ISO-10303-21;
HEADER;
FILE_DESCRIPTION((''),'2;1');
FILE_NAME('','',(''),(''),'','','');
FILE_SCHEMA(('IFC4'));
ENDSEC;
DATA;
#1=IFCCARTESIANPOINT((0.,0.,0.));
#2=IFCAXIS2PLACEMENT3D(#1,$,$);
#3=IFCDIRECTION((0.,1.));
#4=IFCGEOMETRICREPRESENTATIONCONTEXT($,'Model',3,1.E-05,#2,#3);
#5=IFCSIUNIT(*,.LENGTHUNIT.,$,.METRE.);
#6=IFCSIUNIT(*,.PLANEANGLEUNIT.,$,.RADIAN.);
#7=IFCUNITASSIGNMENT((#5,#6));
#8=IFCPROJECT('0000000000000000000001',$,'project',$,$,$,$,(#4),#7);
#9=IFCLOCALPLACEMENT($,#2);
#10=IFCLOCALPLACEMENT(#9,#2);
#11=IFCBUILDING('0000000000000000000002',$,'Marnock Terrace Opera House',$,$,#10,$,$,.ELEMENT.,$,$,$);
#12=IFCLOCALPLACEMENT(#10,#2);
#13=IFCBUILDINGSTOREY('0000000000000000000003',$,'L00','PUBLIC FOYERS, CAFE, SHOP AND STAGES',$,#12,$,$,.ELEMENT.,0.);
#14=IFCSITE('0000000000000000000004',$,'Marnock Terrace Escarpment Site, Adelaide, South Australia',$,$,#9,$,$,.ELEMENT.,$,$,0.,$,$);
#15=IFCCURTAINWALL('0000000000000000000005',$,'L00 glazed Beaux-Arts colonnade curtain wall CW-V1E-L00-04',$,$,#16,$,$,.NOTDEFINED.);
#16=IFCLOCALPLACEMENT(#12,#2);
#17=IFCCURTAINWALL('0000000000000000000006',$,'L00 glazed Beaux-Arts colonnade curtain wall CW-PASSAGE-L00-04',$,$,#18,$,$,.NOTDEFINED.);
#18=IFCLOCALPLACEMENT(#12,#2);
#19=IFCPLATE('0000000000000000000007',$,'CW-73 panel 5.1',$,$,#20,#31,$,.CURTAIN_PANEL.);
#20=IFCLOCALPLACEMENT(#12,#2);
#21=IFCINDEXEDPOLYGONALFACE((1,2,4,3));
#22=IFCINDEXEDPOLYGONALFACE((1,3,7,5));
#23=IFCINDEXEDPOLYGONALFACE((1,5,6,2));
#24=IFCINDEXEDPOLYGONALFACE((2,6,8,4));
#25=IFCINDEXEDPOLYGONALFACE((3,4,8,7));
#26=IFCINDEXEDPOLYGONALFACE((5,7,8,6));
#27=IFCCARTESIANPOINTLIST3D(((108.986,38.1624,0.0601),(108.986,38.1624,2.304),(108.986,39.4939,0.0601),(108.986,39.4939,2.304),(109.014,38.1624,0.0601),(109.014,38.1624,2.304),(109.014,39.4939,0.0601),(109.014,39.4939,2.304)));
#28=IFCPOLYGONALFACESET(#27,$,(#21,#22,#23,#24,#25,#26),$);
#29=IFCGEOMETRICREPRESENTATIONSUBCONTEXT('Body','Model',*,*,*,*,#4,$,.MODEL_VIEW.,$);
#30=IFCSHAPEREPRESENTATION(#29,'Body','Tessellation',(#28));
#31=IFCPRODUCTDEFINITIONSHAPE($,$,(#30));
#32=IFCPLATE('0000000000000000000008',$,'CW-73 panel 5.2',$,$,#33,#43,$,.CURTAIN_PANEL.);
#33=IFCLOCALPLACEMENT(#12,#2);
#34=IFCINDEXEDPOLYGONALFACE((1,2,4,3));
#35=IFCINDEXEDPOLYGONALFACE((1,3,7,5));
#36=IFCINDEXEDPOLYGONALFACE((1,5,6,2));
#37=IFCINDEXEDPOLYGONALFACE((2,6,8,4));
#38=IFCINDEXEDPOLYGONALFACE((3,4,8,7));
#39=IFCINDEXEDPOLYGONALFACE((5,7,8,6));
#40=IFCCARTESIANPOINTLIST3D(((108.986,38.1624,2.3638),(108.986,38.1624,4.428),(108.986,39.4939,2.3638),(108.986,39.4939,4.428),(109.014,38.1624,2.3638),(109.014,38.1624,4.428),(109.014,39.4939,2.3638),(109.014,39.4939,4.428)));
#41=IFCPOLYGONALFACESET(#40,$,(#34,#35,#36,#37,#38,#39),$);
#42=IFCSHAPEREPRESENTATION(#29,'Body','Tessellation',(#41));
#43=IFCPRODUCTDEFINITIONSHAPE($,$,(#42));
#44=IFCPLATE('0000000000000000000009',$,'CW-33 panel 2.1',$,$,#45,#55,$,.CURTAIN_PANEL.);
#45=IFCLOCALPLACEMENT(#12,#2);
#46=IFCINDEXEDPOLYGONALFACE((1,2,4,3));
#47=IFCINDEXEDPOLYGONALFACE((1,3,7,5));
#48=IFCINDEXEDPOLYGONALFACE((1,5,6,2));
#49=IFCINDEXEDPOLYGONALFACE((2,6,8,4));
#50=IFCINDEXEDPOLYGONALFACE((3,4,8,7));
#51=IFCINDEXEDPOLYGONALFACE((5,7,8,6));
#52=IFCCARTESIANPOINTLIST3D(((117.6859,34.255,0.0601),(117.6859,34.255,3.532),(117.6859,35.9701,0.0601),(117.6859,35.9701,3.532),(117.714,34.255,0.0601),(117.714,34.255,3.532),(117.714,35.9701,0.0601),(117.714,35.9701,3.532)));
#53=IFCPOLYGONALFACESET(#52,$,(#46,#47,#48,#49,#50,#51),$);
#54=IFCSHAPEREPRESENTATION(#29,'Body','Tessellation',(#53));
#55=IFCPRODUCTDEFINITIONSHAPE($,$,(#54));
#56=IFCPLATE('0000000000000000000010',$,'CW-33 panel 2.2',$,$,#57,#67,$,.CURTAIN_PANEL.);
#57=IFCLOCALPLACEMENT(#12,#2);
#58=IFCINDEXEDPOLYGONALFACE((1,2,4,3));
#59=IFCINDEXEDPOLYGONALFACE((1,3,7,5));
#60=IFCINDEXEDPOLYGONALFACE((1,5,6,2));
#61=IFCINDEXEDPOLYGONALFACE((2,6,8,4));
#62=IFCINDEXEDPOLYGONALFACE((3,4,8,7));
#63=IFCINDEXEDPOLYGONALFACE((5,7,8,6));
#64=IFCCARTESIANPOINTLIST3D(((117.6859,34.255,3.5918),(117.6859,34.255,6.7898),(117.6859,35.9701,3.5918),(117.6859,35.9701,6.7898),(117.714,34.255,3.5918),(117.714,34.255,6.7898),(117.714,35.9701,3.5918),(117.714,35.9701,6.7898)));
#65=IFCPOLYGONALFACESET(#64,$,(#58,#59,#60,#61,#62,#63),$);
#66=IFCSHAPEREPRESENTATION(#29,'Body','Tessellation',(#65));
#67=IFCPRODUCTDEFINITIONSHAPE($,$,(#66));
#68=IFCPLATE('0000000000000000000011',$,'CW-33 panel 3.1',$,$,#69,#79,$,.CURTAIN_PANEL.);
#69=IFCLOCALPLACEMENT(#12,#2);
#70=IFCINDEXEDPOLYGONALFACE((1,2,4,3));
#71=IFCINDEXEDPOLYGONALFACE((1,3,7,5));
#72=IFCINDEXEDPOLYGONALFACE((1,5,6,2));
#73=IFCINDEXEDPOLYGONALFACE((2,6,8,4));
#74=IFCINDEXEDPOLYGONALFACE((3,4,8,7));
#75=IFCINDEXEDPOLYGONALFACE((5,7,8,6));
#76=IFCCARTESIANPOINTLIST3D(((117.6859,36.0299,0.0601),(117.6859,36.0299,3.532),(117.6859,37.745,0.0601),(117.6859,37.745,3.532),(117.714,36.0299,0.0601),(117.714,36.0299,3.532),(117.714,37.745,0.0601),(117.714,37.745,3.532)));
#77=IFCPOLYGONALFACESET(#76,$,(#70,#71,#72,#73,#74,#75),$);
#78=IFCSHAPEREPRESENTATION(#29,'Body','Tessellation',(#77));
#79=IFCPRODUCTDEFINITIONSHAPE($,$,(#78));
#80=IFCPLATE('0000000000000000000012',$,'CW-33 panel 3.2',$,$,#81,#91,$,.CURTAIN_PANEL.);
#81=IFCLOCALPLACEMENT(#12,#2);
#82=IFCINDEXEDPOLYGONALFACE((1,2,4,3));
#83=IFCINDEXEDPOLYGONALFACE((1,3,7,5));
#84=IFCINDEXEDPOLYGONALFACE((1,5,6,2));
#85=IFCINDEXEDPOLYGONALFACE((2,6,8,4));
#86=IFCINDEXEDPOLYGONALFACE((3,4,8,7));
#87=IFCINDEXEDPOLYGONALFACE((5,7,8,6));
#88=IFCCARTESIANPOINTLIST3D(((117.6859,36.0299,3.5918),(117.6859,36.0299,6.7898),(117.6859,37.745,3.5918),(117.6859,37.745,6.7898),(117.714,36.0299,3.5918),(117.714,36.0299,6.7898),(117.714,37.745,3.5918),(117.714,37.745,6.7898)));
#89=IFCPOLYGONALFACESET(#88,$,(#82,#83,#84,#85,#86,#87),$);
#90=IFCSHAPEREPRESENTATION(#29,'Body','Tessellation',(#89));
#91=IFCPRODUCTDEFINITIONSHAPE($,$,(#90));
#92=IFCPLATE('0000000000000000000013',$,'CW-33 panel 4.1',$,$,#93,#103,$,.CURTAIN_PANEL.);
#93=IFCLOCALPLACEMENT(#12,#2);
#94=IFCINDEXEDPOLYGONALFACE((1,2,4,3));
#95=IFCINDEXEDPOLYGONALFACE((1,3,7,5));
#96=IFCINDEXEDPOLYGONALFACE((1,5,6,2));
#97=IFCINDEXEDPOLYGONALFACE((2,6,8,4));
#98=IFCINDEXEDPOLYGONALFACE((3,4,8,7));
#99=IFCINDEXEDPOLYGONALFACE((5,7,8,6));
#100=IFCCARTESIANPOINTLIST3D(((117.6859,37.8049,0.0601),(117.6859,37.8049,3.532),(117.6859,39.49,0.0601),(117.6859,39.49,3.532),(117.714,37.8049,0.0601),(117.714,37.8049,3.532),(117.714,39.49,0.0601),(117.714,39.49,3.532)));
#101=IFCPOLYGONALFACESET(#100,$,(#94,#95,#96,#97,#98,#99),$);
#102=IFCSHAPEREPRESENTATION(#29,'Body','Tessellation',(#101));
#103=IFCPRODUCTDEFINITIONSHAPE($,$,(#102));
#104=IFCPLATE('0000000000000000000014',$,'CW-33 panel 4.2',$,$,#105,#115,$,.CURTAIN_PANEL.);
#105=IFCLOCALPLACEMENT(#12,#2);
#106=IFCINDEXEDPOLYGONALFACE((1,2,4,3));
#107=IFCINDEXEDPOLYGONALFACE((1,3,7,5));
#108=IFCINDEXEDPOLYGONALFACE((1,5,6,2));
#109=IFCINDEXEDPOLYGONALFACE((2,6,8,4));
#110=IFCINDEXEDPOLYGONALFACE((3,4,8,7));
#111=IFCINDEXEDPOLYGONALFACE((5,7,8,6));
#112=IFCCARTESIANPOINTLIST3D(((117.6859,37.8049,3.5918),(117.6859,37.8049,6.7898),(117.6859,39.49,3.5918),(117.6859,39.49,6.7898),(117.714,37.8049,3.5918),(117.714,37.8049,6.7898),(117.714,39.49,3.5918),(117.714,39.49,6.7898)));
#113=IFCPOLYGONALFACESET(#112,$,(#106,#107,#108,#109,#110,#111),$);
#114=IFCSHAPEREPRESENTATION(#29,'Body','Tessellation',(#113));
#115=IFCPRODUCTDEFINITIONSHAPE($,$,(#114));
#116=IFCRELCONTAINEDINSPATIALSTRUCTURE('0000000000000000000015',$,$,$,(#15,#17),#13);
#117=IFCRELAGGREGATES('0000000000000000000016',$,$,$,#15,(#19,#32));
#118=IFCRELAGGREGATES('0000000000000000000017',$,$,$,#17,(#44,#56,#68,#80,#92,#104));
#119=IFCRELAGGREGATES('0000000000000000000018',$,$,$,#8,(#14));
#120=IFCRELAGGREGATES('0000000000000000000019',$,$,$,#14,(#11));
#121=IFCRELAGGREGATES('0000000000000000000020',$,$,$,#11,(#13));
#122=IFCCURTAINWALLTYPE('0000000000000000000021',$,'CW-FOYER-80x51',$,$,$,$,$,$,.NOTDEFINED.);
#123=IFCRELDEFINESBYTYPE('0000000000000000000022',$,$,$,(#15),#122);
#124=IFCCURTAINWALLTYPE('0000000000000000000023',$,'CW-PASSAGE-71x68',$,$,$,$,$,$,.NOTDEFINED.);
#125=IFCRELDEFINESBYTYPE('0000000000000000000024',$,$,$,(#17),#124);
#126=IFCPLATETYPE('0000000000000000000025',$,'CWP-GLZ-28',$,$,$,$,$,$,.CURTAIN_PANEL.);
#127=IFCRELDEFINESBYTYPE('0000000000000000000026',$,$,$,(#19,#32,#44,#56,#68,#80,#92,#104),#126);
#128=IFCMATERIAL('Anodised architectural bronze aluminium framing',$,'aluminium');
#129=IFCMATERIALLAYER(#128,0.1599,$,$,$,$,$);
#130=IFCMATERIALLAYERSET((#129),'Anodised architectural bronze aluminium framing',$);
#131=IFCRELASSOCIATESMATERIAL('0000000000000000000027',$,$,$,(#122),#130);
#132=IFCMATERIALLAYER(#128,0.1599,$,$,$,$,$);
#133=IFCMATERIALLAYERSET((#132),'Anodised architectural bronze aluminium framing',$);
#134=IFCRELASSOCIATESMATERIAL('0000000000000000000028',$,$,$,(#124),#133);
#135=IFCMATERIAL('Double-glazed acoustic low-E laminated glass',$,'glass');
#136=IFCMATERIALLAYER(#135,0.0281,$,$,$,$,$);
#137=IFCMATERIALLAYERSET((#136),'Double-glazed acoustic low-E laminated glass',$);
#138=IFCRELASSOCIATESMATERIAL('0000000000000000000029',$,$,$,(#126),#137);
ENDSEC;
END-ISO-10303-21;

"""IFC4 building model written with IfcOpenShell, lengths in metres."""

from ifc_helpers import new_model, si_unit, direction, frame, origin, origin_2d, place, context, subcontext, project, spatial, rectangle, extrude, material, layer, layer_set, type_object, element, aggregate, save


model = new_model("IFC4")

# Units and contexts
model_context = context("Model", 3, precision=1e-05, world=origin(), true_north=direction((0.0, 1.0)))
body_context = subcontext(model_context, "Body", "Model", "MODEL_VIEW")
ifc_project = project(units=[si_unit("LENGTHUNIT", "METRE"), si_unit("PLANEANGLEUNIT", "RADIAN")], contexts=[model_context])

# Site, building, storey
site_placement = place(None, origin())
site = spatial("IfcSite", under=ifc_project, at=site_placement, Name="Marnock Terrace Escarpment Site, Adelaide, South Australia", CompositionType="ELEMENT", RefElevation=0.0)
building_placement = place(site_placement, origin())
building = spatial("IfcBuilding", under=site, at=building_placement, Name="Marnock Terrace Opera House", CompositionType="ELEMENT")
storey_placement = place(building_placement, origin())
storey = spatial("IfcBuildingStorey", under=building, at=storey_placement, Name="L00", Description="PUBLIC FOYERS, CAFE, SHOP AND STAGES", CompositionType="ELEMENT", Elevation=0.0)

# Curtain wall
ifc_material_1 = material(Name="Anodised architectural bronze aluminium framing", Category="aluminium")
ifc_layer_1 = layer(ifc_material_1, 0.1599)
ifc_layer_set_1 = layer_set([ifc_layer_1], Name="Anodised architectural bronze aluminium framing")
curtain_wall_type_1 = type_object("IfcCurtainWallType", Name="CW-FOYER-80x51", PredefinedType="NOTDEFINED", material=ifc_layer_set_1)
curtain_wall_1_placement = place(storey_placement, origin())
curtain_wall_1 = element("IfcCurtainWall", 1, at=curtain_wall_1_placement, inside=storey, type_object=curtain_wall_type_1, Name="L00 glazed Beaux-Arts colonnade curtain wall CW-V1E-L00-04", PredefinedType="NOTDEFINED")

# Curtain wall
ifc_layer_2 = layer(ifc_material_1, 0.1599)
ifc_layer_set_2 = layer_set([ifc_layer_2], Name="Anodised architectural bronze aluminium framing")
curtain_wall_type_2 = type_object("IfcCurtainWallType", Name="CW-PASSAGE-71x68", PredefinedType="NOTDEFINED", material=ifc_layer_set_2)
curtain_wall_2_placement = place(storey_placement, origin())
curtain_wall_2 = element("IfcCurtainWall", 2, at=curtain_wall_2_placement, inside=storey, type_object=curtain_wall_type_2, Name="L00 glazed Beaux-Arts colonnade curtain wall CW-PASSAGE-L00-04", PredefinedType="NOTDEFINED")

# Plates
ifc_material_2 = material(Name="Double-glazed acoustic low-E laminated glass", Category="glass")
ifc_layer_3 = layer(ifc_material_2, 0.0281)
ifc_layer_set_3 = layer_set([ifc_layer_3], Name="Double-glazed acoustic low-E laminated glass")
plate_type = type_object("IfcPlateType", Name="CWP-GLZ-28", PredefinedType="CURTAIN_PANEL", material=ifc_layer_set_3)
plate_1_placement = place(storey_placement, frame((109.0, 38.8281, 0.0601), z_axis=(0.0, 0.0, 1.0), x_axis=(0.0, 1.0, 0.0)))
plate_1 = element("IfcPlate", 3, at=plate_1_placement, type_object=plate_type, Name="CW-73 panel 5.1", PredefinedType="CURTAIN_PANEL", context=body_context, shape_type="SweptSolid", body=[
    extrude(rectangle(XDim=1.3315, YDim=0.0281, at=origin_2d()), origin(), (0.0, 0.0, 1.0), 2.2439),
])
plate_2_placement = place(storey_placement, frame((109.0, 38.8281, 2.3638), z_axis=(0.0, 0.0, 1.0), x_axis=(0.0, 1.0, 0.0)))
plate_2 = element("IfcPlate", 4, at=plate_2_placement, type_object=plate_type, Name="CW-73 panel 5.2", PredefinedType="CURTAIN_PANEL", context=body_context, shape_type="SweptSolid", body=[
    extrude(rectangle(XDim=1.3315, YDim=0.0281, at=origin_2d()), origin(), (0.0, 0.0, 1.0), 2.0642),
])
aggregate(curtain_wall_1, [plate_1, plate_2])
plate_3_placement = place(storey_placement, frame((117.7, 35.1125, 0.0601), z_axis=(0.0, 0.0, 1.0), x_axis=(0.0, 1.0, 0.0)))
plate_3 = element("IfcPlate", 5, at=plate_3_placement, type_object=plate_type, Name="CW-33 panel 2.1", PredefinedType="CURTAIN_PANEL", context=body_context, shape_type="SweptSolid", body=[
    extrude(rectangle(XDim=1.7151, YDim=0.0281, at=origin_2d()), origin(), (0.0, 0.0, 1.0), 3.4719),
])
plate_4_placement = place(storey_placement, frame((117.7, 35.1125, 3.5918), z_axis=(0.0, 0.0, 1.0), x_axis=(0.0, 1.0, 0.0)))
plate_4 = element("IfcPlate", 6, at=plate_4_placement, type_object=plate_type, Name="CW-33 panel 2.2", PredefinedType="CURTAIN_PANEL", context=body_context, shape_type="SweptSolid", body=[
    extrude(rectangle(XDim=1.7151, YDim=0.0281, at=origin_2d()), origin(), (0.0, 0.0, 1.0), 3.198),
])
plate_5_placement = place(storey_placement, frame((117.7, 36.8875, 0.0601), z_axis=(0.0, 0.0, 1.0), x_axis=(0.0, 1.0, 0.0)))
plate_5 = element("IfcPlate", 7, at=plate_5_placement, type_object=plate_type, Name="CW-33 panel 3.1", PredefinedType="CURTAIN_PANEL", context=body_context, shape_type="SweptSolid", body=[
    extrude(rectangle(XDim=1.7151, YDim=0.0281, at=origin_2d()), origin(), (0.0, 0.0, 1.0), 3.4719),
])
plate_6_placement = place(storey_placement, frame((117.7, 36.8875, 3.5918), z_axis=(0.0, 0.0, 1.0), x_axis=(0.0, 1.0, 0.0)))
plate_6 = element("IfcPlate", 8, at=plate_6_placement, type_object=plate_type, Name="CW-33 panel 3.2", PredefinedType="CURTAIN_PANEL", context=body_context, shape_type="SweptSolid", body=[
    extrude(rectangle(XDim=1.7151, YDim=0.0281, at=origin_2d()), origin(), (0.0, 0.0, 1.0), 3.198),
])
plate_7_placement = place(storey_placement, frame((117.7, 38.6475, 0.0601), z_axis=(0.0, 0.0, 1.0), x_axis=(0.0, 1.0, 0.0)))
plate_7 = element("IfcPlate", 9, at=plate_7_placement, type_object=plate_type, Name="CW-33 panel 4.1", PredefinedType="CURTAIN_PANEL", context=body_context, shape_type="SweptSolid", body=[
    extrude(rectangle(XDim=1.6851, YDim=0.0281, at=origin_2d()), origin(), (0.0, 0.0, 1.0), 3.4719),
])
plate_8_placement = place(storey_placement, frame((117.7, 38.6475, 3.5918), z_axis=(0.0, 0.0, 1.0), x_axis=(0.0, 1.0, 0.0)))
plate_8 = element("IfcPlate", 10, at=plate_8_placement, type_object=plate_type, Name="CW-33 panel 4.2", PredefinedType="CURTAIN_PANEL", context=body_context, shape_type="SweptSolid", body=[
    extrude(rectangle(XDim=1.6851, YDim=0.0281, at=origin_2d()), origin(), (0.0, 0.0, 1.0), 3.198),
])
aggregate(curtain_wall_2, [plate_3, plate_4, plate_5, plate_6, plate_7, plate_8])

save(model, "model.ifc")
